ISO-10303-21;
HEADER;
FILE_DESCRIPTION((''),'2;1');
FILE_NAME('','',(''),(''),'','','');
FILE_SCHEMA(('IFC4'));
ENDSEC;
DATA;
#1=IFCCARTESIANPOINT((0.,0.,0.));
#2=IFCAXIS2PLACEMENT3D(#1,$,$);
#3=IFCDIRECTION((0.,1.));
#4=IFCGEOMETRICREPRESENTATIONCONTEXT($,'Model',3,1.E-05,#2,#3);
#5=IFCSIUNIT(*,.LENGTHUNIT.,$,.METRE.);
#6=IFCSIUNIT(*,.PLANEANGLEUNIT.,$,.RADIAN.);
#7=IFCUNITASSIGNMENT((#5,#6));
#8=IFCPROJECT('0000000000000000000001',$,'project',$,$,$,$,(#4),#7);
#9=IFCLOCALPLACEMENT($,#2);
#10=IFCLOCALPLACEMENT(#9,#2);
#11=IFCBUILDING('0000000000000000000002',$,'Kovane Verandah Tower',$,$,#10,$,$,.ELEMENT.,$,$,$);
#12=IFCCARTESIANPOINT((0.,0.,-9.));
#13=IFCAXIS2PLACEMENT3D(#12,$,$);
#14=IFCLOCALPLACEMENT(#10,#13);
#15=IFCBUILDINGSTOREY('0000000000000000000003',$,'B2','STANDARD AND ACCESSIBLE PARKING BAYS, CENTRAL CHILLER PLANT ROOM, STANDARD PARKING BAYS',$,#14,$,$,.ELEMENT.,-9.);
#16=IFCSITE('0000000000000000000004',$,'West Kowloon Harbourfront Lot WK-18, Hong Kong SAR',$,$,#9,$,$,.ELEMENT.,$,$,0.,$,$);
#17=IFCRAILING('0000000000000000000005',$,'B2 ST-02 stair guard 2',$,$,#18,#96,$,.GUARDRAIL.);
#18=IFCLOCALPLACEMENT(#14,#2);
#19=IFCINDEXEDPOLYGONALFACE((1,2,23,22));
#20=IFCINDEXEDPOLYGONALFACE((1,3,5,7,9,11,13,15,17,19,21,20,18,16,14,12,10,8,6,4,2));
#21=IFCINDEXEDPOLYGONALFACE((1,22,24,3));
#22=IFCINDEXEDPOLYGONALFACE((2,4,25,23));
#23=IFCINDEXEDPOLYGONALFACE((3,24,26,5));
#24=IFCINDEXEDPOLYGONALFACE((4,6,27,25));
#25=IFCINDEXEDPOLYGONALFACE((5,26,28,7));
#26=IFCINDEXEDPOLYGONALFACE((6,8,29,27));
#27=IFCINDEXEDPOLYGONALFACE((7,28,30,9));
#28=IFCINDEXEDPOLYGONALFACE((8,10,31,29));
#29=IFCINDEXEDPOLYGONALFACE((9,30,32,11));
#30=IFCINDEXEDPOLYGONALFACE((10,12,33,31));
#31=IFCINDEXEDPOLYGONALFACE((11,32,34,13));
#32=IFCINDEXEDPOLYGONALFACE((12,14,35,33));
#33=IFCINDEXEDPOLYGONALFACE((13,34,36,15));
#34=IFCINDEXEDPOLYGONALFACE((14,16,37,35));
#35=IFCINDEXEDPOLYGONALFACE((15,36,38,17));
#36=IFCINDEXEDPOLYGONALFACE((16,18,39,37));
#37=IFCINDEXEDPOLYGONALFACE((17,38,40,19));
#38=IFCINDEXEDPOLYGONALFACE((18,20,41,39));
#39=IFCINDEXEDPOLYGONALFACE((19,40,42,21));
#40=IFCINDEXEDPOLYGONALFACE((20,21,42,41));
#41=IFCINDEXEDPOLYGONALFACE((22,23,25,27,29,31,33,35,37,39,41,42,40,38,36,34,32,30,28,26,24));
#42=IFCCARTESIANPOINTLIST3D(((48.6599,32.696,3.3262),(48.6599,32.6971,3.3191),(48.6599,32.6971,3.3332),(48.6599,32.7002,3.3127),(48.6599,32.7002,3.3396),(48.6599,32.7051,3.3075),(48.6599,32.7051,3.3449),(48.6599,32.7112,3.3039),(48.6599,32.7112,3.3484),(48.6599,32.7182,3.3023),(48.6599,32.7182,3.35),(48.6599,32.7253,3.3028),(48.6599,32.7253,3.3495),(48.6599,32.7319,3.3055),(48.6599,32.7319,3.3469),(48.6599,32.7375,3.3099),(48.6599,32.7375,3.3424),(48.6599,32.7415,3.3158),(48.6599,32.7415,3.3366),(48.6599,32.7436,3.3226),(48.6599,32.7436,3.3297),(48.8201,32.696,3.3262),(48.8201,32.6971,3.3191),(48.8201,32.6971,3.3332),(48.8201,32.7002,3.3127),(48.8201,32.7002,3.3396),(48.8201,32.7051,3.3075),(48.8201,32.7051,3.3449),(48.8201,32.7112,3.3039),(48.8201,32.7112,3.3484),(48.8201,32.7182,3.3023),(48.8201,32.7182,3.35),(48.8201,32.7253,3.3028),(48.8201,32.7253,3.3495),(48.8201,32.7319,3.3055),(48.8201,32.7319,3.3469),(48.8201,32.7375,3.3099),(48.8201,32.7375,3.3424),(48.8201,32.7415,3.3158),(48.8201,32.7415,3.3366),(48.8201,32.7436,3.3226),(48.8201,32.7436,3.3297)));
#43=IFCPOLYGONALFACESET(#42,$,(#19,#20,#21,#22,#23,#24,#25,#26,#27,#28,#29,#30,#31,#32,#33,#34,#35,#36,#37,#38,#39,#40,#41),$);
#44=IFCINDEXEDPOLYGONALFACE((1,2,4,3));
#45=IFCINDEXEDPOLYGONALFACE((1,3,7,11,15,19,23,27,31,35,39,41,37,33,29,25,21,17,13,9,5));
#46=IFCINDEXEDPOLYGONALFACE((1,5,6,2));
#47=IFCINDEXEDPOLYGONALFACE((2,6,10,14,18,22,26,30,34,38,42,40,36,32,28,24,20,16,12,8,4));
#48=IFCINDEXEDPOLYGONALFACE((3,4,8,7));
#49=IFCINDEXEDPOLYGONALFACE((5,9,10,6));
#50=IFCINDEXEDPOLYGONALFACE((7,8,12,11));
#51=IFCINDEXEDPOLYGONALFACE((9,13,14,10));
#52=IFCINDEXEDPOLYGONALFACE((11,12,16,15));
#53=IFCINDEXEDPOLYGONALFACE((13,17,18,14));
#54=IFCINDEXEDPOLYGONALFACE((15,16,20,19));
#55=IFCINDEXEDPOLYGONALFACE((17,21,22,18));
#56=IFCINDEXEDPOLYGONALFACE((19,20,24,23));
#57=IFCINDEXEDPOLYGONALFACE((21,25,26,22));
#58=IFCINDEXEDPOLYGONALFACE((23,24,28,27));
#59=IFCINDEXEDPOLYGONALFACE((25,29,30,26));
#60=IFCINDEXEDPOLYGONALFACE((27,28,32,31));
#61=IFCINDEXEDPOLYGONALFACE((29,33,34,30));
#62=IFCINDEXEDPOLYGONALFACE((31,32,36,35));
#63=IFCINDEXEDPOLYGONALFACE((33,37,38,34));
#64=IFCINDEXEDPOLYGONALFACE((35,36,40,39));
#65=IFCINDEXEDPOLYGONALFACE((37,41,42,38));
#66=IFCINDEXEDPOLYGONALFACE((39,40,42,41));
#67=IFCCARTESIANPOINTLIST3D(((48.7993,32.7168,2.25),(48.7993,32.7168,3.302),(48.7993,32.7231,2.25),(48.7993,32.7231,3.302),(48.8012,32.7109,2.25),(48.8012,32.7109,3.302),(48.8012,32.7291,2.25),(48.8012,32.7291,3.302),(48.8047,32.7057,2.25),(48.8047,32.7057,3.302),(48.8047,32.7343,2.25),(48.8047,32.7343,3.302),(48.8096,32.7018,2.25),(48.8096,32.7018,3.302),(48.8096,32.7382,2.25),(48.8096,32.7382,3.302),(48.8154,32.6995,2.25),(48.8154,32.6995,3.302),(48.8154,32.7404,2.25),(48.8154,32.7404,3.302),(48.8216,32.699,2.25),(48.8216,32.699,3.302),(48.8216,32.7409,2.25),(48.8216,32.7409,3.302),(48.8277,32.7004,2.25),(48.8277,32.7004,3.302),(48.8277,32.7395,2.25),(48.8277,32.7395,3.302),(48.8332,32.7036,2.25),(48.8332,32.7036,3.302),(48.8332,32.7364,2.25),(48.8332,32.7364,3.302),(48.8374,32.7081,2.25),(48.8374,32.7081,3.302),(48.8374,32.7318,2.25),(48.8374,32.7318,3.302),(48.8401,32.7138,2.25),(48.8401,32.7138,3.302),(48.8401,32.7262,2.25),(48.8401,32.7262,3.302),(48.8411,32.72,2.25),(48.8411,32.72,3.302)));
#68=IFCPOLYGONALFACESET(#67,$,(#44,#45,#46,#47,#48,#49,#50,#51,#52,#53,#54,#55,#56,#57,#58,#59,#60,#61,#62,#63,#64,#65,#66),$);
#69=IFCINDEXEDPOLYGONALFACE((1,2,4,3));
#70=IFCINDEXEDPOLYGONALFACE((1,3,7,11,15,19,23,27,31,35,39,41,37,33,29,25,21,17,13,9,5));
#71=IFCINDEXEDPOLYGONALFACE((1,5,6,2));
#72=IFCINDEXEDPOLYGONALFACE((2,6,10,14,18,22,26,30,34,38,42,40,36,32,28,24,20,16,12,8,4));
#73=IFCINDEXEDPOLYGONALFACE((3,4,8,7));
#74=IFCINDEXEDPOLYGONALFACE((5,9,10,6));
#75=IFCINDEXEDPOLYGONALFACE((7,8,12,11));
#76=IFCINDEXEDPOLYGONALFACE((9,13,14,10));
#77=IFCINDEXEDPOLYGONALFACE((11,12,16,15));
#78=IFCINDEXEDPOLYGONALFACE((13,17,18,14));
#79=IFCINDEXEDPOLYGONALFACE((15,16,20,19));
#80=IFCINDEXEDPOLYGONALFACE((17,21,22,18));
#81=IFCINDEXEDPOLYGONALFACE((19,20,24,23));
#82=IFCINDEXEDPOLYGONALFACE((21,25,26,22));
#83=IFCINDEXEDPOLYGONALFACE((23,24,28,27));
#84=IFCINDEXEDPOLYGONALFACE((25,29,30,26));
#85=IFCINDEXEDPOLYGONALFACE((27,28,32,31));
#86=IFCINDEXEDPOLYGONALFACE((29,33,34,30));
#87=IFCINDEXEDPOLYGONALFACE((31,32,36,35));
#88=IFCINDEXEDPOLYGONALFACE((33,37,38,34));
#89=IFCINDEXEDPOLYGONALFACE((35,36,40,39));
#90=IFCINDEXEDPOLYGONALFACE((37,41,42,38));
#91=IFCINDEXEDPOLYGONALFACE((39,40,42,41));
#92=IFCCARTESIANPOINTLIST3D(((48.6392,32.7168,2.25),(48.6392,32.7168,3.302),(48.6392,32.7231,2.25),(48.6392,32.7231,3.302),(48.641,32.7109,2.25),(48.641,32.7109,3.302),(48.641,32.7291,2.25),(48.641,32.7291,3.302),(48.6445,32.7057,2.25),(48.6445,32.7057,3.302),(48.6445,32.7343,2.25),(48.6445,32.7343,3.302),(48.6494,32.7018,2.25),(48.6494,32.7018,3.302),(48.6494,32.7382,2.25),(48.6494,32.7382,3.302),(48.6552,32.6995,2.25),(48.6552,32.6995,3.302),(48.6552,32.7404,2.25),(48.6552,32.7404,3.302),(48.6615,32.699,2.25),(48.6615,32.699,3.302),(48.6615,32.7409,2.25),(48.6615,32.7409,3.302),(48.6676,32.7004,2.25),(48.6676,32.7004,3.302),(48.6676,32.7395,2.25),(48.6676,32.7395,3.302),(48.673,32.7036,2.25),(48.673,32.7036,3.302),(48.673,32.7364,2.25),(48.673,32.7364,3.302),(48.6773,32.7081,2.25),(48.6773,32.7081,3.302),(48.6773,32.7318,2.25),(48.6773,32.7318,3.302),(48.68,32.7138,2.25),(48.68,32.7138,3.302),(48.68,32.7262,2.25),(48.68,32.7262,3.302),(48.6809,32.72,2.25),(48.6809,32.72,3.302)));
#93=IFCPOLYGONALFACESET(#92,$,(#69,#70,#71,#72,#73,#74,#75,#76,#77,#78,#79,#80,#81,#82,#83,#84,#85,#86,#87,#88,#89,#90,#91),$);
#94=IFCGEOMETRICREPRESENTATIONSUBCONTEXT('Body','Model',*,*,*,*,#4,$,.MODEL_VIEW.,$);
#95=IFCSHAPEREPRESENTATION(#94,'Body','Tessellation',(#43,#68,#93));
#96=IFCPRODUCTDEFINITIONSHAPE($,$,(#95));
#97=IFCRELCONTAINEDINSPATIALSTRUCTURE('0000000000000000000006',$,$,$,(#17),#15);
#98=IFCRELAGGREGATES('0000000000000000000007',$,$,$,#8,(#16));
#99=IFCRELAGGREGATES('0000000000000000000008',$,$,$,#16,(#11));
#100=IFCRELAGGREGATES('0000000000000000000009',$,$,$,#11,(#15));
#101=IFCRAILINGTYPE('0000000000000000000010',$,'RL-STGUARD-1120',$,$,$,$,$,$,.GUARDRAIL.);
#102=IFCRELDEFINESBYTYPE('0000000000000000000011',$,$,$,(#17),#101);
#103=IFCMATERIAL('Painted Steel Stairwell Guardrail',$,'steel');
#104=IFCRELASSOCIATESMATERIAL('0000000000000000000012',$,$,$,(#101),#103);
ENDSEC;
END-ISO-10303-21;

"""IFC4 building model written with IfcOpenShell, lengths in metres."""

from ifc_helpers import new_model, si_unit, direction, frame, origin, origin_2d, place, context, subcontext, project, spatial, circle, extrude, material, type_object, element, save


model = new_model("IFC4")

# Units and contexts
model_context = context("Model", 3, precision=1e-05, world=origin(), true_north=direction((0.0, 1.0)))
body_context = subcontext(model_context, "Body", "Model", "MODEL_VIEW")
ifc_project = project(units=[si_unit("LENGTHUNIT", "METRE"), si_unit("PLANEANGLEUNIT", "RADIAN")], contexts=[model_context])

# Site, building, storey
site_placement = place(None, origin())
site = spatial("IfcSite", under=ifc_project, at=site_placement, Name="West Kowloon Harbourfront Lot WK-18, Hong Kong SAR", CompositionType="ELEMENT", RefElevation=0.0)
building_placement = place(site_placement, origin())
building = spatial("IfcBuilding", under=site, at=building_placement, Name="Kovane Verandah Tower", CompositionType="ELEMENT")
storey_placement = place(building_placement, frame((0.0, 0.0, -9.0)))
storey = spatial("IfcBuildingStorey", under=building, at=storey_placement, Name="B2", Description="STANDARD AND ACCESSIBLE PARKING BAYS, CENTRAL CHILLER PLANT ROOM, STANDARD PARKING BAYS", CompositionType="ELEMENT", Elevation=-9.0)

# Railing
ifc_material_1 = material(Name="Painted Steel Stairwell Guardrail", Category="steel")
railing_type_1 = type_object("IfcRailingType", Name="RL-STGUARD-1120", PredefinedType="GUARDRAIL", material=ifc_material_1)
railing_1_placement = place(storey_placement, frame((48.8201, 32.72, 2.25)))
element("IfcRailing", 1, at=railing_1_placement, inside=storey, type_object=railing_type_1, Name="B2 ST-02 stair guard 2", PredefinedType="GUARDRAIL", context=body_context, shape_type="SweptSolid", body=[
    extrude(circle(Radius=0.0239, at=origin_2d()), frame((0.0, 0.0, 1.0762), z_axis=(-1.0, 0.0, 0.0), x_axis=(0.0, -1.0, 0.0)), (0.0, 0.0, 1.0), 0.1602),
    extrude(circle(Radius=0.021, at=origin_2d()), origin(), (0.0, 0.0, 1.0), 1.052),
    extrude(circle(Radius=0.021, at=origin_2d()), frame((-0.1602, 0.0, 0.0)), (0.0, 0.0, 1.0), 1.052),
])

save(model, "model.ifc")
